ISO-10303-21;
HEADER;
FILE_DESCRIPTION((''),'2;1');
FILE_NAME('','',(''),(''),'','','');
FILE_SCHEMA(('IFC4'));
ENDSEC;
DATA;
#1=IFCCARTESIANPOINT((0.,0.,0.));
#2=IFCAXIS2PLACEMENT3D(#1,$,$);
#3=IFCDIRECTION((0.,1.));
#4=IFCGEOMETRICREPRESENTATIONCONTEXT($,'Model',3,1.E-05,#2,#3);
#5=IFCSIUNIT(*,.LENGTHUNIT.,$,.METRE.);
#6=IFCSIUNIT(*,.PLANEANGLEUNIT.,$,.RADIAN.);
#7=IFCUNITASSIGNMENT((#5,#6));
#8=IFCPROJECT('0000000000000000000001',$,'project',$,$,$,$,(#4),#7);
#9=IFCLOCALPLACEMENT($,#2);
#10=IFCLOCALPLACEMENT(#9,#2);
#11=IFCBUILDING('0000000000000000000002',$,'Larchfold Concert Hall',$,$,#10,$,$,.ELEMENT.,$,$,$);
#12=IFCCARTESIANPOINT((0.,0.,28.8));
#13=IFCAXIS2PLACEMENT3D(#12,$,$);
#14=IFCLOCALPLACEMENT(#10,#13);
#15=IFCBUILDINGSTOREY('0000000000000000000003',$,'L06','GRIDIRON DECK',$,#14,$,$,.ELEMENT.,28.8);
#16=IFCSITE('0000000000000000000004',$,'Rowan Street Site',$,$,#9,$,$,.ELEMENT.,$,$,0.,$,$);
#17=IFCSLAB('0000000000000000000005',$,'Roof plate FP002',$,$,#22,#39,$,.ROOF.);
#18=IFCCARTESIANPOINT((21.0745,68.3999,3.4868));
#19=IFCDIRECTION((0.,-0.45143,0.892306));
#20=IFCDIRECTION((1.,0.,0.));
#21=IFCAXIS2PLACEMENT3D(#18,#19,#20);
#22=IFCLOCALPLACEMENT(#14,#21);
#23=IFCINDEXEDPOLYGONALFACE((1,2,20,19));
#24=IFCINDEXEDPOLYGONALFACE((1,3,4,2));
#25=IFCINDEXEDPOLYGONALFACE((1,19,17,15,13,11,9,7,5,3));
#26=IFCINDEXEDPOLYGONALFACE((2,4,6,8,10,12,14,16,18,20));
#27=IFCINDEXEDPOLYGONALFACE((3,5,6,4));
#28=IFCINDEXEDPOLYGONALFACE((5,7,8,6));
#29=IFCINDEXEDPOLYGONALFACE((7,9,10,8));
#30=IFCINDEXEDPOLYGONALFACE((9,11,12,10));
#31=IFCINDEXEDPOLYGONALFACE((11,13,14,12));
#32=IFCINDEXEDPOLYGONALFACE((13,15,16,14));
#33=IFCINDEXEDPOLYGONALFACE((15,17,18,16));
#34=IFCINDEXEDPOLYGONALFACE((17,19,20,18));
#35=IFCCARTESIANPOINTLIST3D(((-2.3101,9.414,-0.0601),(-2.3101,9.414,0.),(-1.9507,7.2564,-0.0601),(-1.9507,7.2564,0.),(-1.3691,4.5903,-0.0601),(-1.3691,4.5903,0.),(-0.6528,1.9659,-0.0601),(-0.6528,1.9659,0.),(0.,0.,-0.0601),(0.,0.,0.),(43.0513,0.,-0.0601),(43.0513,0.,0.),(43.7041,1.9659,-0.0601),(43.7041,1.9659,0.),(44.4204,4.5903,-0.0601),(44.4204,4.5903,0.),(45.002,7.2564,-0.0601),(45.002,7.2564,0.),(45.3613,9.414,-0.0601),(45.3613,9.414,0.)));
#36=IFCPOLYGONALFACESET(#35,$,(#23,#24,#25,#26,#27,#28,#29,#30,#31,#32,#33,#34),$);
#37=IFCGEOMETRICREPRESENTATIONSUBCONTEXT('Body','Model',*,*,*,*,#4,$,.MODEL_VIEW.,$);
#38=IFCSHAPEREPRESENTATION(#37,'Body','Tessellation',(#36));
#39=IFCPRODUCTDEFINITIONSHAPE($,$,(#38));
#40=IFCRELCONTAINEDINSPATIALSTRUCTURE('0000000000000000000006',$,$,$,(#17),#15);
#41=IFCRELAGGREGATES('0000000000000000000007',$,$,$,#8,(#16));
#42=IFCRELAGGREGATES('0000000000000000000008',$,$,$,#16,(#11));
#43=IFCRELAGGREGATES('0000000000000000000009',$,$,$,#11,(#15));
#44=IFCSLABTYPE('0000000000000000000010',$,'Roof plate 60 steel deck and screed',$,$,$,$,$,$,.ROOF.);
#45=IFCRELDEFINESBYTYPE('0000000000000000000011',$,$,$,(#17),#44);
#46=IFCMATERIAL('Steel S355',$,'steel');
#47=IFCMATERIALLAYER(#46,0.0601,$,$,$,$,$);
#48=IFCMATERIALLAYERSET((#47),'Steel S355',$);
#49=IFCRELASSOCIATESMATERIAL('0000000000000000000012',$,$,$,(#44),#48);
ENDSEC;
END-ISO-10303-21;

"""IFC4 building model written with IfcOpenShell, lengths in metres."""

from ifc_helpers import new_model, si_unit, direction, frame, origin, place, context, subcontext, project, spatial, polyline, outline, extrude, material, layer, layer_set, type_object, element, save


model = new_model("IFC4")

# Units and contexts
model_context = context("Model", 3, precision=1e-05, world=origin(), true_north=direction((0.0, 1.0)))
body_context = subcontext(model_context, "Body", "Model", "MODEL_VIEW")
ifc_project = project(units=[si_unit("LENGTHUNIT", "METRE"), si_unit("PLANEANGLEUNIT", "RADIAN")], contexts=[model_context])

# Site, building, storey
site_placement = place(None, origin())
site = spatial("IfcSite", under=ifc_project, at=site_placement, Name="Rowan Street Site", CompositionType="ELEMENT", RefElevation=0.0)
building_placement = place(site_placement, origin())
building = spatial("IfcBuilding", under=site, at=building_placement, Name="Larchfold Concert Hall", CompositionType="ELEMENT")
storey_placement = place(building_placement, frame((0.0, 0.0, 28.8)))
storey = spatial("IfcBuildingStorey", under=building, at=storey_placement, Name="L06", Description="GRIDIRON DECK", CompositionType="ELEMENT", Elevation=28.8)

# Slab
ifc_material_1 = material(Name="Steel S355", Category="steel")
ifc_layer_1 = layer(ifc_material_1, 0.0601)
ifc_layer_set_1 = layer_set([ifc_layer_1], Name="Steel S355")
slab_type = type_object("IfcSlabType", Name="Roof plate 60 steel deck and screed", PredefinedType="ROOF", material=ifc_layer_set_1)
slab_placement = place(storey_placement, frame((21.0745, 68.3999, 3.4868), z_axis=(0.0, -0.45143, 0.892306), x_axis=(1.0, 0.0, 0.0)))
element("IfcSlab", 1, at=slab_placement, inside=storey, type_object=slab_type, Name="Roof plate FP002", PredefinedType="ROOF", context=body_context, shape_type="SweptSolid", body=[
    extrude(outline(polyline([(0.0, 0.0), (43.0513, 0.0), (43.7041, 1.9659), (44.4204, 4.5903), (45.002, 7.2564), (45.3613, 9.414), (-2.3101, 9.414), (-1.9507, 7.2564), (-1.3691, 4.5903), (-0.6528, 1.9659), (0.0, 0.0)])), origin(), (0.0, 0.0, -1.0), 0.0601),
])

save(model, "model.ifc")
